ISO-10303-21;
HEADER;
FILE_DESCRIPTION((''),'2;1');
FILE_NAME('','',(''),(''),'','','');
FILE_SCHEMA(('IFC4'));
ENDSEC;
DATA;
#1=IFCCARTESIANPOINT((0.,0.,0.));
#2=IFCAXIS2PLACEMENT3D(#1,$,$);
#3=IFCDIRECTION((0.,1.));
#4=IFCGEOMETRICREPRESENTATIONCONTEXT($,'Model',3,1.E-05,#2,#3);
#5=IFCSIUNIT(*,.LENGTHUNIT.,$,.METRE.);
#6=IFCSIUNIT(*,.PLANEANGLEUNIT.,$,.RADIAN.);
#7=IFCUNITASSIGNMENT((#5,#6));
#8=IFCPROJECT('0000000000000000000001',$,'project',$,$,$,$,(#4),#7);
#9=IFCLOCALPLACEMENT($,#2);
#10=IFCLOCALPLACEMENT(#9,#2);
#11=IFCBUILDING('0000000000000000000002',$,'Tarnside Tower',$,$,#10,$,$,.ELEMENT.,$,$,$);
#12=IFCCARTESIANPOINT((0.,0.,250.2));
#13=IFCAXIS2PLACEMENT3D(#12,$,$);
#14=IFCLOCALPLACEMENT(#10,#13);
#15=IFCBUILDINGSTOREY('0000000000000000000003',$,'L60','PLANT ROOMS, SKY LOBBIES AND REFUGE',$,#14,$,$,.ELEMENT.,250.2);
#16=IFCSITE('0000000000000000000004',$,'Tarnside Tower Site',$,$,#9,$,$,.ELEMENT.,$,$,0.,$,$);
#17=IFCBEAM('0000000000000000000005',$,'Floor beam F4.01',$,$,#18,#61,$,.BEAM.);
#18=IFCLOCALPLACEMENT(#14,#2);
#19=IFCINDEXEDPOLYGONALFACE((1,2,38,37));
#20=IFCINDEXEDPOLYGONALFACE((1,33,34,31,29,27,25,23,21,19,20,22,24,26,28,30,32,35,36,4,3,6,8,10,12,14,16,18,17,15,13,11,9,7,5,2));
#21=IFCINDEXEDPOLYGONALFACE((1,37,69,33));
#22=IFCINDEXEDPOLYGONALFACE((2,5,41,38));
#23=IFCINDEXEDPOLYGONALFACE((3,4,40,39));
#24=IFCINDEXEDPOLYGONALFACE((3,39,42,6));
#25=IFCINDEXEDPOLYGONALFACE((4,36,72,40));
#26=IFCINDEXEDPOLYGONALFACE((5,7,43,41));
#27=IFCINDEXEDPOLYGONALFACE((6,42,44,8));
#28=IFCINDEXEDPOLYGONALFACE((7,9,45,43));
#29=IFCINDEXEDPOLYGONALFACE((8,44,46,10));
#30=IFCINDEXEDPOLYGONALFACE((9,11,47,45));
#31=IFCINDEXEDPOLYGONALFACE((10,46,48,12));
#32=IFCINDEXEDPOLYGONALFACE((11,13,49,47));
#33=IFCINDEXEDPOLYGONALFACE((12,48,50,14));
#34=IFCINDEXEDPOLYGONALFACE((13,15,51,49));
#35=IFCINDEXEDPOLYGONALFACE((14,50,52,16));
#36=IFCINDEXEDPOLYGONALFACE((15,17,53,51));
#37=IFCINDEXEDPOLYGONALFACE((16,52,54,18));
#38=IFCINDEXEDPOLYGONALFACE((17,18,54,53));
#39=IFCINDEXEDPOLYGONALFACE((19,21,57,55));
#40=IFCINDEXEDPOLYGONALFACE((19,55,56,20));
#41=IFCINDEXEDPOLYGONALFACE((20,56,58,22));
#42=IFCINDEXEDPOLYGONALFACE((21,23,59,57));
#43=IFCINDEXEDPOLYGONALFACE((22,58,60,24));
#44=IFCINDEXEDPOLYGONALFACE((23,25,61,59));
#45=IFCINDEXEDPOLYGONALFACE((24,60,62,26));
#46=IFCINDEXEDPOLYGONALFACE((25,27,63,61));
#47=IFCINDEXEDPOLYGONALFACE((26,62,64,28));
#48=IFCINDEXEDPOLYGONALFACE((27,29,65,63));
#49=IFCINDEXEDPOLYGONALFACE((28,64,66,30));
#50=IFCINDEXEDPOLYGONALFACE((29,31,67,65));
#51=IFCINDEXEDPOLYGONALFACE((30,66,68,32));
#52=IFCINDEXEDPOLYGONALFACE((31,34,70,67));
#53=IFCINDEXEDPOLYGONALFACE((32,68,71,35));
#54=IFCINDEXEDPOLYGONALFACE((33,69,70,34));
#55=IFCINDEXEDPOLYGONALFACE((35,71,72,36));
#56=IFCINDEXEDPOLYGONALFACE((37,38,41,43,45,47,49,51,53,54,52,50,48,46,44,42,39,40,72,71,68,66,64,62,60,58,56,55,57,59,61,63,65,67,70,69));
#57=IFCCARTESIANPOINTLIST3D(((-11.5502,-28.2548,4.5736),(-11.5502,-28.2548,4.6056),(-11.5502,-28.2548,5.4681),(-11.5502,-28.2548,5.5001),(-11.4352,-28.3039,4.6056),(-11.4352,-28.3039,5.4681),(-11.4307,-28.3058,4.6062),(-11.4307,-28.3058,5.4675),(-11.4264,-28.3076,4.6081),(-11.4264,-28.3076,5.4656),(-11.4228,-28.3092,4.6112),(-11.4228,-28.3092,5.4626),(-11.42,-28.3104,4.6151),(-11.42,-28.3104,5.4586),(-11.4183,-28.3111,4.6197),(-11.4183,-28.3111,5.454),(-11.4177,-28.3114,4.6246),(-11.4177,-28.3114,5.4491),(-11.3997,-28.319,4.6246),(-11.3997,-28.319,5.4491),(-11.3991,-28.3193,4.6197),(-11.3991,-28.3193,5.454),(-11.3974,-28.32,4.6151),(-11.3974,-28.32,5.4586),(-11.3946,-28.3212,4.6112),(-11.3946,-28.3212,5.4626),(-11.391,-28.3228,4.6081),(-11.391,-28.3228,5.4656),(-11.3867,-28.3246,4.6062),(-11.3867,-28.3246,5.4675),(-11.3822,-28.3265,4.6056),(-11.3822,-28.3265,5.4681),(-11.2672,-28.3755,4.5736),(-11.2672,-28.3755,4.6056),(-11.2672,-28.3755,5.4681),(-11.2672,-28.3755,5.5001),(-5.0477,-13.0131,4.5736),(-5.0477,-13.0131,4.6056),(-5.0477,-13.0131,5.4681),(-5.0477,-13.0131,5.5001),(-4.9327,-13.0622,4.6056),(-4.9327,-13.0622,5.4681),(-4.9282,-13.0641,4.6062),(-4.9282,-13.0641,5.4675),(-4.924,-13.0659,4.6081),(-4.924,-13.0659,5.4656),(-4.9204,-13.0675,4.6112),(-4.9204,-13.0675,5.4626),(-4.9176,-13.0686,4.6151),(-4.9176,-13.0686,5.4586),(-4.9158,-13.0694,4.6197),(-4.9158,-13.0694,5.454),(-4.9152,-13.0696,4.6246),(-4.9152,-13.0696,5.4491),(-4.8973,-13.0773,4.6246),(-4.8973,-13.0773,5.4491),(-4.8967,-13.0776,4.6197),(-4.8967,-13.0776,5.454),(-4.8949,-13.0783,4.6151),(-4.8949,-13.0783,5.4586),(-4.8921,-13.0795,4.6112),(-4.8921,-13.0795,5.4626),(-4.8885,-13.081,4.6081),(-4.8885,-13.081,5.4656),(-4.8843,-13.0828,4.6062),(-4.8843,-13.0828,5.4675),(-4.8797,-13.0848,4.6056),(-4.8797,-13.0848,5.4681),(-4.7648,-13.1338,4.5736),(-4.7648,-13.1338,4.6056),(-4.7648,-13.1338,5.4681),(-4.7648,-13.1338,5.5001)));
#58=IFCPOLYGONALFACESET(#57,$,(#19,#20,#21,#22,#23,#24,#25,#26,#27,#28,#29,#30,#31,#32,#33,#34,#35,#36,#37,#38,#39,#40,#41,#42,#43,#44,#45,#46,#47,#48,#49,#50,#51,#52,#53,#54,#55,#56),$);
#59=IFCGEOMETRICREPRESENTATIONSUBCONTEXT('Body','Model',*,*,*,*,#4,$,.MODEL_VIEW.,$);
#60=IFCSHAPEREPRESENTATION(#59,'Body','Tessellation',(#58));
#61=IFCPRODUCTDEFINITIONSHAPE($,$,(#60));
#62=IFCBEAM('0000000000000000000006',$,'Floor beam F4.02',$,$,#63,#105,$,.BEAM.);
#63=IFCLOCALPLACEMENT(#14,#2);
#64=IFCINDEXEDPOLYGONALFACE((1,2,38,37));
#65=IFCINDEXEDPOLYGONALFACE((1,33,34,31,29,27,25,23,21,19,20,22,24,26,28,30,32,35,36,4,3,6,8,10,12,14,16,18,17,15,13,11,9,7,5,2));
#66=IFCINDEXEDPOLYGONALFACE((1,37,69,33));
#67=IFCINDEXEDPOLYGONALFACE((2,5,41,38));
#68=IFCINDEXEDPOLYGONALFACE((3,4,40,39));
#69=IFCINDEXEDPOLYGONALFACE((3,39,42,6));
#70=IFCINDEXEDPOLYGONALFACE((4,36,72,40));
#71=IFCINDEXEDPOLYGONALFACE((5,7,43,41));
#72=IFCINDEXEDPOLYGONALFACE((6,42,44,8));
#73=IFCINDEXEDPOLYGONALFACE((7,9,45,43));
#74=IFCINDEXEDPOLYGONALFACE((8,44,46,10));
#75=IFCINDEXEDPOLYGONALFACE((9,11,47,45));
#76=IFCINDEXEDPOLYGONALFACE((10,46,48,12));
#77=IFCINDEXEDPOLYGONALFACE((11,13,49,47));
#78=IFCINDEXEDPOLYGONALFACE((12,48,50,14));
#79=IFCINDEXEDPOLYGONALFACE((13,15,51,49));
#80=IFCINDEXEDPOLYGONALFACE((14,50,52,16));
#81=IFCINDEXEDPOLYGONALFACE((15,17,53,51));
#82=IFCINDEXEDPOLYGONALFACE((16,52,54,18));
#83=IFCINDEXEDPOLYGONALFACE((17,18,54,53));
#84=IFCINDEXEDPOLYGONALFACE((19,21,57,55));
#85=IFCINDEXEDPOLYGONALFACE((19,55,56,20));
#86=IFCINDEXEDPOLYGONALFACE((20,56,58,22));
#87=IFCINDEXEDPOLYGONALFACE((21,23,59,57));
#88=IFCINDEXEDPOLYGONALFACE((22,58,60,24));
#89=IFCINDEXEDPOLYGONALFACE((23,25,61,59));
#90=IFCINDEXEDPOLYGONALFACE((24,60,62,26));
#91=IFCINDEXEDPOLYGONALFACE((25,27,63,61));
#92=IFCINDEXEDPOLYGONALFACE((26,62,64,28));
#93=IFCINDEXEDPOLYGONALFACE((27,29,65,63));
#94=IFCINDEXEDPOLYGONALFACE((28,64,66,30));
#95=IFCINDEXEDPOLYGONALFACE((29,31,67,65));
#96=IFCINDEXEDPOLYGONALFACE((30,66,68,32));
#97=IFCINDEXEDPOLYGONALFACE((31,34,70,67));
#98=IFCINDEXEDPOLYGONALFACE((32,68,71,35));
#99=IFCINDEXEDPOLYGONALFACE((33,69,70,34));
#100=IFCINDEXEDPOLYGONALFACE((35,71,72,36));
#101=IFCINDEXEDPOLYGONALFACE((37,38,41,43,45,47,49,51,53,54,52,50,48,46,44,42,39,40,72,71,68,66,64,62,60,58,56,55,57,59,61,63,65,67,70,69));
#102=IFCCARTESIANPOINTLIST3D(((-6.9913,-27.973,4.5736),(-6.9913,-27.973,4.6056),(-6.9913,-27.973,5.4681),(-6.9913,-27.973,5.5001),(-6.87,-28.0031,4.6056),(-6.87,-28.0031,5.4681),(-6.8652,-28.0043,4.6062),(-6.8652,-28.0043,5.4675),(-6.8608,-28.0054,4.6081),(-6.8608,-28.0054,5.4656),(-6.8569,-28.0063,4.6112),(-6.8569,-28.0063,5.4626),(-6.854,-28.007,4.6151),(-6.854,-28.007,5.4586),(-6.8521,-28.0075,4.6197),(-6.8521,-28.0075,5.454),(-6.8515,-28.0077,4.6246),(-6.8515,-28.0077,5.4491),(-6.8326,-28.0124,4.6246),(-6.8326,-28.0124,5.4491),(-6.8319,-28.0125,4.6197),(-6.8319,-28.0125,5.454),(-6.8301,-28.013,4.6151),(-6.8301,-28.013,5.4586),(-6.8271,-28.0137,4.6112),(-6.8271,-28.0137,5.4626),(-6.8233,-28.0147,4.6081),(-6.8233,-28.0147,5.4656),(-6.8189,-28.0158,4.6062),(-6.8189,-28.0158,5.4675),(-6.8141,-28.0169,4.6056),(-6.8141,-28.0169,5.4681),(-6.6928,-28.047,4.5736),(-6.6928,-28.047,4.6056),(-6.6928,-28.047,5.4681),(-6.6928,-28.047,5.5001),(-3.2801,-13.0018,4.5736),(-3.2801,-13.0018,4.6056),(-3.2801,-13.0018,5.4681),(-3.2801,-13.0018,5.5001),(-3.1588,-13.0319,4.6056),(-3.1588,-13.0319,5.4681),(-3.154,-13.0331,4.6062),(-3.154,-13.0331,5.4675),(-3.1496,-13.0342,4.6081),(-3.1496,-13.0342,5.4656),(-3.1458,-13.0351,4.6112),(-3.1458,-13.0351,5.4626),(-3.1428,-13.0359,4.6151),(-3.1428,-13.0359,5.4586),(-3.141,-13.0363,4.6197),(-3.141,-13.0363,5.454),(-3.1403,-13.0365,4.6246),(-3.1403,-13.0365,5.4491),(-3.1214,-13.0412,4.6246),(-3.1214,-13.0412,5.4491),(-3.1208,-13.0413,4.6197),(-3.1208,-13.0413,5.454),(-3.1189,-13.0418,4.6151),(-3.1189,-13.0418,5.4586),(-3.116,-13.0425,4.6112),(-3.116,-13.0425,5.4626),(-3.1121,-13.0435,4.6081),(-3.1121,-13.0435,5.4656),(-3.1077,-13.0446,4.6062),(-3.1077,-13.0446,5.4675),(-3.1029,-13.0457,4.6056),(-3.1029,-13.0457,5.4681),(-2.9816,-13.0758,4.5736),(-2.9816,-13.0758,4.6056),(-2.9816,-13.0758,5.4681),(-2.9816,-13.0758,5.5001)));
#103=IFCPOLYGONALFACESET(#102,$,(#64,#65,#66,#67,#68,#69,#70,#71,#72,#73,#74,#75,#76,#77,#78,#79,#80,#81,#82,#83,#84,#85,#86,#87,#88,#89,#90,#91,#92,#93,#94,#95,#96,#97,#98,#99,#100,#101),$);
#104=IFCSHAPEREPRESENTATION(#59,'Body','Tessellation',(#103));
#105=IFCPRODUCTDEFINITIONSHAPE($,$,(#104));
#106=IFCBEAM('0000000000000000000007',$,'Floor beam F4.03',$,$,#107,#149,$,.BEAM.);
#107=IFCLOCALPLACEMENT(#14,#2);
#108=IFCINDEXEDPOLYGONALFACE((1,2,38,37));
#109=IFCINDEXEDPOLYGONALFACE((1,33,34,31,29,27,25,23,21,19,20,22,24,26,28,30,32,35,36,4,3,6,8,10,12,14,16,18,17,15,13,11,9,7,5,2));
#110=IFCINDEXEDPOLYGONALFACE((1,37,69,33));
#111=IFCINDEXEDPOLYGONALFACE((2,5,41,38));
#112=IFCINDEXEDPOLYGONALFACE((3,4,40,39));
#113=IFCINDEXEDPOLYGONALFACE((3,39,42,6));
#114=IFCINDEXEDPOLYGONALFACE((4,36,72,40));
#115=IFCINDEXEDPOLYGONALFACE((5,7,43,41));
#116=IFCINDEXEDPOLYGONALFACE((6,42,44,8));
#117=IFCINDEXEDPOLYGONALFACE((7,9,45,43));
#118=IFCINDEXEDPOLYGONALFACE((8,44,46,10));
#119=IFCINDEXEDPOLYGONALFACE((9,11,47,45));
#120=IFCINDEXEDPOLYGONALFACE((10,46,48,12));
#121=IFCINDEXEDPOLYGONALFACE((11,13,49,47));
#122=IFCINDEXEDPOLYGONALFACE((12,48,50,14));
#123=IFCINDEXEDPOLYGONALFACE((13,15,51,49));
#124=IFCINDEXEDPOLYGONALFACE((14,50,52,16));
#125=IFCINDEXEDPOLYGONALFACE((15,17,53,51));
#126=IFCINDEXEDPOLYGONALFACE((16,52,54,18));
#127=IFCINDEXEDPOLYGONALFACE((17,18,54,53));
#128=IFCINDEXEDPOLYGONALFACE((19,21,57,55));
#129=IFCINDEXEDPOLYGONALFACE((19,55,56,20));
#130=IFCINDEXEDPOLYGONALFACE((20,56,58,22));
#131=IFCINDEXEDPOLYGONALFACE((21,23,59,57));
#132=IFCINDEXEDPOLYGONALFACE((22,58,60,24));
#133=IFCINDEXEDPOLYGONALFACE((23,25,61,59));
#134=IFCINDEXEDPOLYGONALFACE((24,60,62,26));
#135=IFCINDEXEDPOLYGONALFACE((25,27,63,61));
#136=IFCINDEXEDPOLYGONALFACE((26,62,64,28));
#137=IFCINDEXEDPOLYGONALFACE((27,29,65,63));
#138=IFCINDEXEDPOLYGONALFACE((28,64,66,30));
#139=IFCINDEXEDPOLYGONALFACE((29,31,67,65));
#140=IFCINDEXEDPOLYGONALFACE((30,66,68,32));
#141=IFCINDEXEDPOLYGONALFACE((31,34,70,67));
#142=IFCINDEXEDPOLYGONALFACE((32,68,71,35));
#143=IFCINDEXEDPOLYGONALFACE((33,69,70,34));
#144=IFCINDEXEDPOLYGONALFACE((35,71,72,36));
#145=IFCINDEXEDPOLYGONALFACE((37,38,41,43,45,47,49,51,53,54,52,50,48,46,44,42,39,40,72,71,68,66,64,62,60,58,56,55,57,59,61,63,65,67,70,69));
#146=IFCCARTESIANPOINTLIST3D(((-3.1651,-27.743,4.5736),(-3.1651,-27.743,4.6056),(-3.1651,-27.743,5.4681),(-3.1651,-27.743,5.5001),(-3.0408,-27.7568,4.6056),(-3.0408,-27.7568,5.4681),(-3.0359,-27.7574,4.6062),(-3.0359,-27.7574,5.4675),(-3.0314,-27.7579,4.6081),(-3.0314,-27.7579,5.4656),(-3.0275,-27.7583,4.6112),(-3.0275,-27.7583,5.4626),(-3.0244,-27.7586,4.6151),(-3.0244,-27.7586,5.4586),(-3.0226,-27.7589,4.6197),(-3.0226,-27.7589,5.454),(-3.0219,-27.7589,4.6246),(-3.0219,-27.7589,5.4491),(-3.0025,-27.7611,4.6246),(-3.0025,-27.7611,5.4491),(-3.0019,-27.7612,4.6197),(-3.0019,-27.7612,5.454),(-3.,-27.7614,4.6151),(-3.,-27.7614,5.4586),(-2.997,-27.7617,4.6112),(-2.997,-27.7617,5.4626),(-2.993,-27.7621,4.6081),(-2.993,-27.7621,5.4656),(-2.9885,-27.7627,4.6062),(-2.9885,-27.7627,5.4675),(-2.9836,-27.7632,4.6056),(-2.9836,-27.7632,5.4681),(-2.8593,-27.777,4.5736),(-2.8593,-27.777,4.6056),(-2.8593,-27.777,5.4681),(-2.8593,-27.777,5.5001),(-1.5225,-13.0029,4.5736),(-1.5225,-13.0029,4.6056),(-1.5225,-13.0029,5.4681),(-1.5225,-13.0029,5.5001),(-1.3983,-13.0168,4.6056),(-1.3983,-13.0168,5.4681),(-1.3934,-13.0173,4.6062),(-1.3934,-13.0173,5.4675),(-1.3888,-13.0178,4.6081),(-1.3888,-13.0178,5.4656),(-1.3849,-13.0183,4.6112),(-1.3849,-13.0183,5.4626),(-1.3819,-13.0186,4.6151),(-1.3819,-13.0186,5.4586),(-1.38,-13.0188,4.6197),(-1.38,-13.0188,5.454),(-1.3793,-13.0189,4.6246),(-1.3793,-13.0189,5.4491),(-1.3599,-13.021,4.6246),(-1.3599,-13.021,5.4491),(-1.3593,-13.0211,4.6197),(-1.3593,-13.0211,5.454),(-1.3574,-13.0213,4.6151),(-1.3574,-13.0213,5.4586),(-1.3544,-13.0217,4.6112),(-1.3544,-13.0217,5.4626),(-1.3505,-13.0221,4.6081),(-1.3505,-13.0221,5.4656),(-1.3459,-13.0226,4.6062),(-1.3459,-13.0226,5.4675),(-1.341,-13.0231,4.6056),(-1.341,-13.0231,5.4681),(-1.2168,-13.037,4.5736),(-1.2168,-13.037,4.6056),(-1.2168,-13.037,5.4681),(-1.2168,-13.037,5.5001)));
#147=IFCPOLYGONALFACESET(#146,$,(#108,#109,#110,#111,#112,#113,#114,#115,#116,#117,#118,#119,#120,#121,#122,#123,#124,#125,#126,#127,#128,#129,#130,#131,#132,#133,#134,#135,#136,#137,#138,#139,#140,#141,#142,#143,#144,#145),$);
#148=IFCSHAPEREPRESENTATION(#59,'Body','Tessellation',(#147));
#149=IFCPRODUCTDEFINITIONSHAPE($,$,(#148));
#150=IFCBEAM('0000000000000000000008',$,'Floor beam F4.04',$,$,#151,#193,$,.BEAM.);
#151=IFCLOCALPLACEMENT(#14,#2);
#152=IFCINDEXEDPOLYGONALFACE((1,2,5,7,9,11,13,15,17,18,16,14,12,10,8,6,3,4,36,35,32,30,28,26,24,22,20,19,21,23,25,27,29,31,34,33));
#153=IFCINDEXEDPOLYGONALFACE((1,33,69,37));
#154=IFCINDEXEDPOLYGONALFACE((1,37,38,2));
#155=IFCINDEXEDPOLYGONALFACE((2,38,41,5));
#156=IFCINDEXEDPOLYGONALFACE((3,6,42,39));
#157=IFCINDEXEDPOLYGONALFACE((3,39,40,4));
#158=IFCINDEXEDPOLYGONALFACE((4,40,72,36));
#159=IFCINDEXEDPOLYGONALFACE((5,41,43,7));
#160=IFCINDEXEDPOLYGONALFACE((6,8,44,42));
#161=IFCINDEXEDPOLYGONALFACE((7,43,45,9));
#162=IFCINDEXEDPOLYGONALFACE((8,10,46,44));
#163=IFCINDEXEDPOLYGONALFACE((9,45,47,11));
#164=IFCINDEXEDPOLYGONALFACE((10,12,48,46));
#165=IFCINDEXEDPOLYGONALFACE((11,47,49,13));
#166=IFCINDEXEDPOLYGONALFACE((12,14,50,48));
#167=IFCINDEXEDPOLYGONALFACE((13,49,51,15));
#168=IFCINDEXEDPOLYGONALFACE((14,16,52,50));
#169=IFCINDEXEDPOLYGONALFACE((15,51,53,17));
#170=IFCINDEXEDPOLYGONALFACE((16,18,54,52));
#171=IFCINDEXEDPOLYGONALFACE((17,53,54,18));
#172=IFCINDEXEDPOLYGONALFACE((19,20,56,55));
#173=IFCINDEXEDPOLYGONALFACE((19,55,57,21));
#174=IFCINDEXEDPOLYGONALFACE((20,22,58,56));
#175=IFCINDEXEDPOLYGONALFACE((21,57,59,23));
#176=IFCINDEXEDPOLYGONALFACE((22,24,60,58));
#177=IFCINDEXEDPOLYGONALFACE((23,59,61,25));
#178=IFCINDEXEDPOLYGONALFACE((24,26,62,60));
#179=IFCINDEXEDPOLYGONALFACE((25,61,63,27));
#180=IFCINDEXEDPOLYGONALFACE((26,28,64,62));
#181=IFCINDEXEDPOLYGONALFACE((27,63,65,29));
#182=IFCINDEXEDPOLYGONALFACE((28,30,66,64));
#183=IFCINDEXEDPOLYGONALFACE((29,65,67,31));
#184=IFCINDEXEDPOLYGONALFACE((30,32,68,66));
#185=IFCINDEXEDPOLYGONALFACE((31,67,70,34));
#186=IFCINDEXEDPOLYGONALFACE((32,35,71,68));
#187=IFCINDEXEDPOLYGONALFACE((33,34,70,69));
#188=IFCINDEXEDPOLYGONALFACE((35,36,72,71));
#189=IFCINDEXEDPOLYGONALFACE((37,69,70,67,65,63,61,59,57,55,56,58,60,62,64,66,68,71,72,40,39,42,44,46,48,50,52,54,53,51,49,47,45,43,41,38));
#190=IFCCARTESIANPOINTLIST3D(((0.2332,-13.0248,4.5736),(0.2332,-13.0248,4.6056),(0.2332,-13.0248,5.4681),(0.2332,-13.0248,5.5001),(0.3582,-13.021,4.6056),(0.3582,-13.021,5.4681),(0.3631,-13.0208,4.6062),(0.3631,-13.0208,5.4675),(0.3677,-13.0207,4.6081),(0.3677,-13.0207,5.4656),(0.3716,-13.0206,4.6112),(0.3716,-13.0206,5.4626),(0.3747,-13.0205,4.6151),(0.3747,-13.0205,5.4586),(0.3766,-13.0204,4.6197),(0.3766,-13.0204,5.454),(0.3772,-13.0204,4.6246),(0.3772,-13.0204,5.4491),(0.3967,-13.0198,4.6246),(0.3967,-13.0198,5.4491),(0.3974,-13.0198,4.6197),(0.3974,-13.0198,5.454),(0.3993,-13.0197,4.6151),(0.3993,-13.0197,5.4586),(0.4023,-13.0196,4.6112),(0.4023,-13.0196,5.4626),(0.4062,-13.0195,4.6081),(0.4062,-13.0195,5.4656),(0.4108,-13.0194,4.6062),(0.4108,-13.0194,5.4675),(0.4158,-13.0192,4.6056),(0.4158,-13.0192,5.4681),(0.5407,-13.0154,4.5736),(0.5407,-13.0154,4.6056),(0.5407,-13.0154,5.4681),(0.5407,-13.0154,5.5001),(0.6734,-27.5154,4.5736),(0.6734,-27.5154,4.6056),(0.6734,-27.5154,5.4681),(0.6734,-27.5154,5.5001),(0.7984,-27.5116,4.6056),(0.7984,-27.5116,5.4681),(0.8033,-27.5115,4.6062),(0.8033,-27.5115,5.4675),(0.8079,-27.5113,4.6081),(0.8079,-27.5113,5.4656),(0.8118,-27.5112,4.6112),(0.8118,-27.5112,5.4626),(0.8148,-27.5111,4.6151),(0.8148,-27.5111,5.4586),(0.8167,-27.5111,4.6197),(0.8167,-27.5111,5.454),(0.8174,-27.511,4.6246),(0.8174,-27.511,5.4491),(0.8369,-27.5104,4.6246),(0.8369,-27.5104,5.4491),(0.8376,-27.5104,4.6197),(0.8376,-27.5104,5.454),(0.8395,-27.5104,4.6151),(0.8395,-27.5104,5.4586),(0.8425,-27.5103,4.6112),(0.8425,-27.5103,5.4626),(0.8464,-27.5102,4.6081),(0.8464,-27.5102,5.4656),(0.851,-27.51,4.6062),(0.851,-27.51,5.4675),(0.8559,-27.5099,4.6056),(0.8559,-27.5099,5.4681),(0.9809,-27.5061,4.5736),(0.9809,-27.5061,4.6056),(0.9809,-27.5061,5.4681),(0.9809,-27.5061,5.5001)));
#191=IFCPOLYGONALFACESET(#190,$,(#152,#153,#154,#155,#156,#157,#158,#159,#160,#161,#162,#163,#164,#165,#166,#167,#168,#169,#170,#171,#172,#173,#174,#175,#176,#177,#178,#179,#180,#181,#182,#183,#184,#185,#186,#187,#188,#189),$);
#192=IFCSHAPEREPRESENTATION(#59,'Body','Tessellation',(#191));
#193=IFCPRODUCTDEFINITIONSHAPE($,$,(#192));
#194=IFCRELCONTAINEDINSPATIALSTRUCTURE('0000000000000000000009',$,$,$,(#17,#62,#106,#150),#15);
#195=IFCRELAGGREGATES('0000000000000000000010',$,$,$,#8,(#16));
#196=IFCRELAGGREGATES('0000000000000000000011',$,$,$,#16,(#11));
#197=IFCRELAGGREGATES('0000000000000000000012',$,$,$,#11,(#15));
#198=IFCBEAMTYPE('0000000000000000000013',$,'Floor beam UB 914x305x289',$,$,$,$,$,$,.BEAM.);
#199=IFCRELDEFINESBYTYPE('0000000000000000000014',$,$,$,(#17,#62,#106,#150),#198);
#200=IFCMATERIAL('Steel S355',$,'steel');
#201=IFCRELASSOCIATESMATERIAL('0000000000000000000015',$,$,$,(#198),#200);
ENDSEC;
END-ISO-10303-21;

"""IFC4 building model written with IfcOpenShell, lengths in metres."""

from ifc_helpers import new_model, si_unit, direction, frame, origin, origin_2d, place, context, subcontext, project, spatial, i_section, extrude, material, material_profile, profile_set, type_object, element, save


model = new_model("IFC4")

# Units and contexts
model_context = context("Model", 3, precision=1e-05, world=origin(), true_north=direction((0.0, 1.0)))
body_context = subcontext(model_context, "Body", "Model", "MODEL_VIEW")
ifc_project = project(units=[si_unit("LENGTHUNIT", "METRE"), si_unit("PLANEANGLEUNIT", "RADIAN")], contexts=[model_context])

# Site, building, storey
site_placement = place(None, origin())
site = spatial("IfcSite", under=ifc_project, at=site_placement, Name="Tarnside Tower Site", CompositionType="ELEMENT", RefElevation=0.0)
building_placement = place(site_placement, origin())
building = spatial("IfcBuilding", under=site, at=building_placement, Name="Tarnside Tower", CompositionType="ELEMENT")
storey_placement = place(building_placement, frame((0.0, 0.0, 250.2)))
storey = spatial("IfcBuildingStorey", under=building, at=storey_placement, Name="L60", Description="PLANT ROOMS, SKY LOBBIES AND REFUGE", CompositionType="ELEMENT", Elevation=250.2)

# Beams
ifc_material_1 = material(Name="Steel S355", Category="steel")
ifc_material_profile_1 = material_profile(ifc_material_1, i_section(OverallWidth=0.3076, OverallDepth=0.9265, WebThickness=0.0195, FlangeThickness=0.032, FilletRadius=0.019, at=origin_2d()), Name="UB 914x305x289")
ifc_profile_set_1 = profile_set([ifc_material_profile_1], Name="Steel S355")
beam_type = type_object("IfcBeamType", Name="Floor beam UB 914x305x289", PredefinedType="BEAM", material=ifc_profile_set_1)
beam_1_placement = place(storey_placement, frame((-11.4087, -28.3152, 5.0369), z_axis=(0.392404, 0.919793, 0.0), x_axis=(-0.919793, 0.392404, 0.0)))
element("IfcBeam", 1, at=beam_1_placement, inside=storey, type_object=beam_type, Name="Floor beam F4.01", PredefinedType="BEAM", context=body_context, shape_type="SweptSolid", body=[
    extrude(i_section(OverallWidth=0.3076, OverallDepth=0.9265, WebThickness=0.0195, FlangeThickness=0.032, FilletRadius=0.019, at=origin_2d()), origin(), (0.0, 0.0, 1.0), 16.5708),
])
beam_2_placement = place(storey_placement, frame((-6.842, -28.01, 5.0369), z_axis=(0.240606, 0.970623, 0.0), x_axis=(-0.970623, 0.240606, 0.0)))
element("IfcBeam", 2, at=beam_2_placement, inside=storey, type_object=beam_type, Name="Floor beam F4.02", PredefinedType="BEAM", context=body_context, shape_type="SweptSolid", body=[
    extrude(i_section(OverallWidth=0.3076, OverallDepth=0.9265, WebThickness=0.0195, FlangeThickness=0.032, FilletRadius=0.019, at=origin_2d()), origin(), (0.0, 0.0, 1.0), 15.4243),
])
beam_3_placement = place(storey_placement, frame((-3.0122, -27.76, 5.0369), z_axis=(0.110751, 0.993848, 0.0), x_axis=(-0.993848, 0.110751, 0.0)))
element("IfcBeam", 3, at=beam_3_placement, inside=storey, type_object=beam_type, Name="Floor beam F4.03", PredefinedType="BEAM", context=body_context, shape_type="SweptSolid", body=[
    extrude(i_section(OverallWidth=0.3076, OverallDepth=0.9265, WebThickness=0.0195, FlangeThickness=0.032, FilletRadius=0.019, at=origin_2d()), origin(), (0.0, 0.0, 1.0), 14.8313),
])
beam_4_placement = place(storey_placement, frame((0.8271, -27.5107, 5.0369), z_axis=(-0.030363, 0.999539, 0.0), x_axis=(-0.999539, -0.030363, 0.0)))
element("IfcBeam", 4, at=beam_4_placement, inside=storey, type_object=beam_type, Name="Floor beam F4.04", PredefinedType="BEAM", context=body_context, shape_type="SweptSolid", body=[
    extrude(i_section(OverallWidth=0.3076, OverallDepth=0.9265, WebThickness=0.0195, FlangeThickness=0.032, FilletRadius=0.019, at=origin_2d()), origin(), (0.0, 0.0, 1.0), 14.4973),
])

save(model, "model.ifc")
